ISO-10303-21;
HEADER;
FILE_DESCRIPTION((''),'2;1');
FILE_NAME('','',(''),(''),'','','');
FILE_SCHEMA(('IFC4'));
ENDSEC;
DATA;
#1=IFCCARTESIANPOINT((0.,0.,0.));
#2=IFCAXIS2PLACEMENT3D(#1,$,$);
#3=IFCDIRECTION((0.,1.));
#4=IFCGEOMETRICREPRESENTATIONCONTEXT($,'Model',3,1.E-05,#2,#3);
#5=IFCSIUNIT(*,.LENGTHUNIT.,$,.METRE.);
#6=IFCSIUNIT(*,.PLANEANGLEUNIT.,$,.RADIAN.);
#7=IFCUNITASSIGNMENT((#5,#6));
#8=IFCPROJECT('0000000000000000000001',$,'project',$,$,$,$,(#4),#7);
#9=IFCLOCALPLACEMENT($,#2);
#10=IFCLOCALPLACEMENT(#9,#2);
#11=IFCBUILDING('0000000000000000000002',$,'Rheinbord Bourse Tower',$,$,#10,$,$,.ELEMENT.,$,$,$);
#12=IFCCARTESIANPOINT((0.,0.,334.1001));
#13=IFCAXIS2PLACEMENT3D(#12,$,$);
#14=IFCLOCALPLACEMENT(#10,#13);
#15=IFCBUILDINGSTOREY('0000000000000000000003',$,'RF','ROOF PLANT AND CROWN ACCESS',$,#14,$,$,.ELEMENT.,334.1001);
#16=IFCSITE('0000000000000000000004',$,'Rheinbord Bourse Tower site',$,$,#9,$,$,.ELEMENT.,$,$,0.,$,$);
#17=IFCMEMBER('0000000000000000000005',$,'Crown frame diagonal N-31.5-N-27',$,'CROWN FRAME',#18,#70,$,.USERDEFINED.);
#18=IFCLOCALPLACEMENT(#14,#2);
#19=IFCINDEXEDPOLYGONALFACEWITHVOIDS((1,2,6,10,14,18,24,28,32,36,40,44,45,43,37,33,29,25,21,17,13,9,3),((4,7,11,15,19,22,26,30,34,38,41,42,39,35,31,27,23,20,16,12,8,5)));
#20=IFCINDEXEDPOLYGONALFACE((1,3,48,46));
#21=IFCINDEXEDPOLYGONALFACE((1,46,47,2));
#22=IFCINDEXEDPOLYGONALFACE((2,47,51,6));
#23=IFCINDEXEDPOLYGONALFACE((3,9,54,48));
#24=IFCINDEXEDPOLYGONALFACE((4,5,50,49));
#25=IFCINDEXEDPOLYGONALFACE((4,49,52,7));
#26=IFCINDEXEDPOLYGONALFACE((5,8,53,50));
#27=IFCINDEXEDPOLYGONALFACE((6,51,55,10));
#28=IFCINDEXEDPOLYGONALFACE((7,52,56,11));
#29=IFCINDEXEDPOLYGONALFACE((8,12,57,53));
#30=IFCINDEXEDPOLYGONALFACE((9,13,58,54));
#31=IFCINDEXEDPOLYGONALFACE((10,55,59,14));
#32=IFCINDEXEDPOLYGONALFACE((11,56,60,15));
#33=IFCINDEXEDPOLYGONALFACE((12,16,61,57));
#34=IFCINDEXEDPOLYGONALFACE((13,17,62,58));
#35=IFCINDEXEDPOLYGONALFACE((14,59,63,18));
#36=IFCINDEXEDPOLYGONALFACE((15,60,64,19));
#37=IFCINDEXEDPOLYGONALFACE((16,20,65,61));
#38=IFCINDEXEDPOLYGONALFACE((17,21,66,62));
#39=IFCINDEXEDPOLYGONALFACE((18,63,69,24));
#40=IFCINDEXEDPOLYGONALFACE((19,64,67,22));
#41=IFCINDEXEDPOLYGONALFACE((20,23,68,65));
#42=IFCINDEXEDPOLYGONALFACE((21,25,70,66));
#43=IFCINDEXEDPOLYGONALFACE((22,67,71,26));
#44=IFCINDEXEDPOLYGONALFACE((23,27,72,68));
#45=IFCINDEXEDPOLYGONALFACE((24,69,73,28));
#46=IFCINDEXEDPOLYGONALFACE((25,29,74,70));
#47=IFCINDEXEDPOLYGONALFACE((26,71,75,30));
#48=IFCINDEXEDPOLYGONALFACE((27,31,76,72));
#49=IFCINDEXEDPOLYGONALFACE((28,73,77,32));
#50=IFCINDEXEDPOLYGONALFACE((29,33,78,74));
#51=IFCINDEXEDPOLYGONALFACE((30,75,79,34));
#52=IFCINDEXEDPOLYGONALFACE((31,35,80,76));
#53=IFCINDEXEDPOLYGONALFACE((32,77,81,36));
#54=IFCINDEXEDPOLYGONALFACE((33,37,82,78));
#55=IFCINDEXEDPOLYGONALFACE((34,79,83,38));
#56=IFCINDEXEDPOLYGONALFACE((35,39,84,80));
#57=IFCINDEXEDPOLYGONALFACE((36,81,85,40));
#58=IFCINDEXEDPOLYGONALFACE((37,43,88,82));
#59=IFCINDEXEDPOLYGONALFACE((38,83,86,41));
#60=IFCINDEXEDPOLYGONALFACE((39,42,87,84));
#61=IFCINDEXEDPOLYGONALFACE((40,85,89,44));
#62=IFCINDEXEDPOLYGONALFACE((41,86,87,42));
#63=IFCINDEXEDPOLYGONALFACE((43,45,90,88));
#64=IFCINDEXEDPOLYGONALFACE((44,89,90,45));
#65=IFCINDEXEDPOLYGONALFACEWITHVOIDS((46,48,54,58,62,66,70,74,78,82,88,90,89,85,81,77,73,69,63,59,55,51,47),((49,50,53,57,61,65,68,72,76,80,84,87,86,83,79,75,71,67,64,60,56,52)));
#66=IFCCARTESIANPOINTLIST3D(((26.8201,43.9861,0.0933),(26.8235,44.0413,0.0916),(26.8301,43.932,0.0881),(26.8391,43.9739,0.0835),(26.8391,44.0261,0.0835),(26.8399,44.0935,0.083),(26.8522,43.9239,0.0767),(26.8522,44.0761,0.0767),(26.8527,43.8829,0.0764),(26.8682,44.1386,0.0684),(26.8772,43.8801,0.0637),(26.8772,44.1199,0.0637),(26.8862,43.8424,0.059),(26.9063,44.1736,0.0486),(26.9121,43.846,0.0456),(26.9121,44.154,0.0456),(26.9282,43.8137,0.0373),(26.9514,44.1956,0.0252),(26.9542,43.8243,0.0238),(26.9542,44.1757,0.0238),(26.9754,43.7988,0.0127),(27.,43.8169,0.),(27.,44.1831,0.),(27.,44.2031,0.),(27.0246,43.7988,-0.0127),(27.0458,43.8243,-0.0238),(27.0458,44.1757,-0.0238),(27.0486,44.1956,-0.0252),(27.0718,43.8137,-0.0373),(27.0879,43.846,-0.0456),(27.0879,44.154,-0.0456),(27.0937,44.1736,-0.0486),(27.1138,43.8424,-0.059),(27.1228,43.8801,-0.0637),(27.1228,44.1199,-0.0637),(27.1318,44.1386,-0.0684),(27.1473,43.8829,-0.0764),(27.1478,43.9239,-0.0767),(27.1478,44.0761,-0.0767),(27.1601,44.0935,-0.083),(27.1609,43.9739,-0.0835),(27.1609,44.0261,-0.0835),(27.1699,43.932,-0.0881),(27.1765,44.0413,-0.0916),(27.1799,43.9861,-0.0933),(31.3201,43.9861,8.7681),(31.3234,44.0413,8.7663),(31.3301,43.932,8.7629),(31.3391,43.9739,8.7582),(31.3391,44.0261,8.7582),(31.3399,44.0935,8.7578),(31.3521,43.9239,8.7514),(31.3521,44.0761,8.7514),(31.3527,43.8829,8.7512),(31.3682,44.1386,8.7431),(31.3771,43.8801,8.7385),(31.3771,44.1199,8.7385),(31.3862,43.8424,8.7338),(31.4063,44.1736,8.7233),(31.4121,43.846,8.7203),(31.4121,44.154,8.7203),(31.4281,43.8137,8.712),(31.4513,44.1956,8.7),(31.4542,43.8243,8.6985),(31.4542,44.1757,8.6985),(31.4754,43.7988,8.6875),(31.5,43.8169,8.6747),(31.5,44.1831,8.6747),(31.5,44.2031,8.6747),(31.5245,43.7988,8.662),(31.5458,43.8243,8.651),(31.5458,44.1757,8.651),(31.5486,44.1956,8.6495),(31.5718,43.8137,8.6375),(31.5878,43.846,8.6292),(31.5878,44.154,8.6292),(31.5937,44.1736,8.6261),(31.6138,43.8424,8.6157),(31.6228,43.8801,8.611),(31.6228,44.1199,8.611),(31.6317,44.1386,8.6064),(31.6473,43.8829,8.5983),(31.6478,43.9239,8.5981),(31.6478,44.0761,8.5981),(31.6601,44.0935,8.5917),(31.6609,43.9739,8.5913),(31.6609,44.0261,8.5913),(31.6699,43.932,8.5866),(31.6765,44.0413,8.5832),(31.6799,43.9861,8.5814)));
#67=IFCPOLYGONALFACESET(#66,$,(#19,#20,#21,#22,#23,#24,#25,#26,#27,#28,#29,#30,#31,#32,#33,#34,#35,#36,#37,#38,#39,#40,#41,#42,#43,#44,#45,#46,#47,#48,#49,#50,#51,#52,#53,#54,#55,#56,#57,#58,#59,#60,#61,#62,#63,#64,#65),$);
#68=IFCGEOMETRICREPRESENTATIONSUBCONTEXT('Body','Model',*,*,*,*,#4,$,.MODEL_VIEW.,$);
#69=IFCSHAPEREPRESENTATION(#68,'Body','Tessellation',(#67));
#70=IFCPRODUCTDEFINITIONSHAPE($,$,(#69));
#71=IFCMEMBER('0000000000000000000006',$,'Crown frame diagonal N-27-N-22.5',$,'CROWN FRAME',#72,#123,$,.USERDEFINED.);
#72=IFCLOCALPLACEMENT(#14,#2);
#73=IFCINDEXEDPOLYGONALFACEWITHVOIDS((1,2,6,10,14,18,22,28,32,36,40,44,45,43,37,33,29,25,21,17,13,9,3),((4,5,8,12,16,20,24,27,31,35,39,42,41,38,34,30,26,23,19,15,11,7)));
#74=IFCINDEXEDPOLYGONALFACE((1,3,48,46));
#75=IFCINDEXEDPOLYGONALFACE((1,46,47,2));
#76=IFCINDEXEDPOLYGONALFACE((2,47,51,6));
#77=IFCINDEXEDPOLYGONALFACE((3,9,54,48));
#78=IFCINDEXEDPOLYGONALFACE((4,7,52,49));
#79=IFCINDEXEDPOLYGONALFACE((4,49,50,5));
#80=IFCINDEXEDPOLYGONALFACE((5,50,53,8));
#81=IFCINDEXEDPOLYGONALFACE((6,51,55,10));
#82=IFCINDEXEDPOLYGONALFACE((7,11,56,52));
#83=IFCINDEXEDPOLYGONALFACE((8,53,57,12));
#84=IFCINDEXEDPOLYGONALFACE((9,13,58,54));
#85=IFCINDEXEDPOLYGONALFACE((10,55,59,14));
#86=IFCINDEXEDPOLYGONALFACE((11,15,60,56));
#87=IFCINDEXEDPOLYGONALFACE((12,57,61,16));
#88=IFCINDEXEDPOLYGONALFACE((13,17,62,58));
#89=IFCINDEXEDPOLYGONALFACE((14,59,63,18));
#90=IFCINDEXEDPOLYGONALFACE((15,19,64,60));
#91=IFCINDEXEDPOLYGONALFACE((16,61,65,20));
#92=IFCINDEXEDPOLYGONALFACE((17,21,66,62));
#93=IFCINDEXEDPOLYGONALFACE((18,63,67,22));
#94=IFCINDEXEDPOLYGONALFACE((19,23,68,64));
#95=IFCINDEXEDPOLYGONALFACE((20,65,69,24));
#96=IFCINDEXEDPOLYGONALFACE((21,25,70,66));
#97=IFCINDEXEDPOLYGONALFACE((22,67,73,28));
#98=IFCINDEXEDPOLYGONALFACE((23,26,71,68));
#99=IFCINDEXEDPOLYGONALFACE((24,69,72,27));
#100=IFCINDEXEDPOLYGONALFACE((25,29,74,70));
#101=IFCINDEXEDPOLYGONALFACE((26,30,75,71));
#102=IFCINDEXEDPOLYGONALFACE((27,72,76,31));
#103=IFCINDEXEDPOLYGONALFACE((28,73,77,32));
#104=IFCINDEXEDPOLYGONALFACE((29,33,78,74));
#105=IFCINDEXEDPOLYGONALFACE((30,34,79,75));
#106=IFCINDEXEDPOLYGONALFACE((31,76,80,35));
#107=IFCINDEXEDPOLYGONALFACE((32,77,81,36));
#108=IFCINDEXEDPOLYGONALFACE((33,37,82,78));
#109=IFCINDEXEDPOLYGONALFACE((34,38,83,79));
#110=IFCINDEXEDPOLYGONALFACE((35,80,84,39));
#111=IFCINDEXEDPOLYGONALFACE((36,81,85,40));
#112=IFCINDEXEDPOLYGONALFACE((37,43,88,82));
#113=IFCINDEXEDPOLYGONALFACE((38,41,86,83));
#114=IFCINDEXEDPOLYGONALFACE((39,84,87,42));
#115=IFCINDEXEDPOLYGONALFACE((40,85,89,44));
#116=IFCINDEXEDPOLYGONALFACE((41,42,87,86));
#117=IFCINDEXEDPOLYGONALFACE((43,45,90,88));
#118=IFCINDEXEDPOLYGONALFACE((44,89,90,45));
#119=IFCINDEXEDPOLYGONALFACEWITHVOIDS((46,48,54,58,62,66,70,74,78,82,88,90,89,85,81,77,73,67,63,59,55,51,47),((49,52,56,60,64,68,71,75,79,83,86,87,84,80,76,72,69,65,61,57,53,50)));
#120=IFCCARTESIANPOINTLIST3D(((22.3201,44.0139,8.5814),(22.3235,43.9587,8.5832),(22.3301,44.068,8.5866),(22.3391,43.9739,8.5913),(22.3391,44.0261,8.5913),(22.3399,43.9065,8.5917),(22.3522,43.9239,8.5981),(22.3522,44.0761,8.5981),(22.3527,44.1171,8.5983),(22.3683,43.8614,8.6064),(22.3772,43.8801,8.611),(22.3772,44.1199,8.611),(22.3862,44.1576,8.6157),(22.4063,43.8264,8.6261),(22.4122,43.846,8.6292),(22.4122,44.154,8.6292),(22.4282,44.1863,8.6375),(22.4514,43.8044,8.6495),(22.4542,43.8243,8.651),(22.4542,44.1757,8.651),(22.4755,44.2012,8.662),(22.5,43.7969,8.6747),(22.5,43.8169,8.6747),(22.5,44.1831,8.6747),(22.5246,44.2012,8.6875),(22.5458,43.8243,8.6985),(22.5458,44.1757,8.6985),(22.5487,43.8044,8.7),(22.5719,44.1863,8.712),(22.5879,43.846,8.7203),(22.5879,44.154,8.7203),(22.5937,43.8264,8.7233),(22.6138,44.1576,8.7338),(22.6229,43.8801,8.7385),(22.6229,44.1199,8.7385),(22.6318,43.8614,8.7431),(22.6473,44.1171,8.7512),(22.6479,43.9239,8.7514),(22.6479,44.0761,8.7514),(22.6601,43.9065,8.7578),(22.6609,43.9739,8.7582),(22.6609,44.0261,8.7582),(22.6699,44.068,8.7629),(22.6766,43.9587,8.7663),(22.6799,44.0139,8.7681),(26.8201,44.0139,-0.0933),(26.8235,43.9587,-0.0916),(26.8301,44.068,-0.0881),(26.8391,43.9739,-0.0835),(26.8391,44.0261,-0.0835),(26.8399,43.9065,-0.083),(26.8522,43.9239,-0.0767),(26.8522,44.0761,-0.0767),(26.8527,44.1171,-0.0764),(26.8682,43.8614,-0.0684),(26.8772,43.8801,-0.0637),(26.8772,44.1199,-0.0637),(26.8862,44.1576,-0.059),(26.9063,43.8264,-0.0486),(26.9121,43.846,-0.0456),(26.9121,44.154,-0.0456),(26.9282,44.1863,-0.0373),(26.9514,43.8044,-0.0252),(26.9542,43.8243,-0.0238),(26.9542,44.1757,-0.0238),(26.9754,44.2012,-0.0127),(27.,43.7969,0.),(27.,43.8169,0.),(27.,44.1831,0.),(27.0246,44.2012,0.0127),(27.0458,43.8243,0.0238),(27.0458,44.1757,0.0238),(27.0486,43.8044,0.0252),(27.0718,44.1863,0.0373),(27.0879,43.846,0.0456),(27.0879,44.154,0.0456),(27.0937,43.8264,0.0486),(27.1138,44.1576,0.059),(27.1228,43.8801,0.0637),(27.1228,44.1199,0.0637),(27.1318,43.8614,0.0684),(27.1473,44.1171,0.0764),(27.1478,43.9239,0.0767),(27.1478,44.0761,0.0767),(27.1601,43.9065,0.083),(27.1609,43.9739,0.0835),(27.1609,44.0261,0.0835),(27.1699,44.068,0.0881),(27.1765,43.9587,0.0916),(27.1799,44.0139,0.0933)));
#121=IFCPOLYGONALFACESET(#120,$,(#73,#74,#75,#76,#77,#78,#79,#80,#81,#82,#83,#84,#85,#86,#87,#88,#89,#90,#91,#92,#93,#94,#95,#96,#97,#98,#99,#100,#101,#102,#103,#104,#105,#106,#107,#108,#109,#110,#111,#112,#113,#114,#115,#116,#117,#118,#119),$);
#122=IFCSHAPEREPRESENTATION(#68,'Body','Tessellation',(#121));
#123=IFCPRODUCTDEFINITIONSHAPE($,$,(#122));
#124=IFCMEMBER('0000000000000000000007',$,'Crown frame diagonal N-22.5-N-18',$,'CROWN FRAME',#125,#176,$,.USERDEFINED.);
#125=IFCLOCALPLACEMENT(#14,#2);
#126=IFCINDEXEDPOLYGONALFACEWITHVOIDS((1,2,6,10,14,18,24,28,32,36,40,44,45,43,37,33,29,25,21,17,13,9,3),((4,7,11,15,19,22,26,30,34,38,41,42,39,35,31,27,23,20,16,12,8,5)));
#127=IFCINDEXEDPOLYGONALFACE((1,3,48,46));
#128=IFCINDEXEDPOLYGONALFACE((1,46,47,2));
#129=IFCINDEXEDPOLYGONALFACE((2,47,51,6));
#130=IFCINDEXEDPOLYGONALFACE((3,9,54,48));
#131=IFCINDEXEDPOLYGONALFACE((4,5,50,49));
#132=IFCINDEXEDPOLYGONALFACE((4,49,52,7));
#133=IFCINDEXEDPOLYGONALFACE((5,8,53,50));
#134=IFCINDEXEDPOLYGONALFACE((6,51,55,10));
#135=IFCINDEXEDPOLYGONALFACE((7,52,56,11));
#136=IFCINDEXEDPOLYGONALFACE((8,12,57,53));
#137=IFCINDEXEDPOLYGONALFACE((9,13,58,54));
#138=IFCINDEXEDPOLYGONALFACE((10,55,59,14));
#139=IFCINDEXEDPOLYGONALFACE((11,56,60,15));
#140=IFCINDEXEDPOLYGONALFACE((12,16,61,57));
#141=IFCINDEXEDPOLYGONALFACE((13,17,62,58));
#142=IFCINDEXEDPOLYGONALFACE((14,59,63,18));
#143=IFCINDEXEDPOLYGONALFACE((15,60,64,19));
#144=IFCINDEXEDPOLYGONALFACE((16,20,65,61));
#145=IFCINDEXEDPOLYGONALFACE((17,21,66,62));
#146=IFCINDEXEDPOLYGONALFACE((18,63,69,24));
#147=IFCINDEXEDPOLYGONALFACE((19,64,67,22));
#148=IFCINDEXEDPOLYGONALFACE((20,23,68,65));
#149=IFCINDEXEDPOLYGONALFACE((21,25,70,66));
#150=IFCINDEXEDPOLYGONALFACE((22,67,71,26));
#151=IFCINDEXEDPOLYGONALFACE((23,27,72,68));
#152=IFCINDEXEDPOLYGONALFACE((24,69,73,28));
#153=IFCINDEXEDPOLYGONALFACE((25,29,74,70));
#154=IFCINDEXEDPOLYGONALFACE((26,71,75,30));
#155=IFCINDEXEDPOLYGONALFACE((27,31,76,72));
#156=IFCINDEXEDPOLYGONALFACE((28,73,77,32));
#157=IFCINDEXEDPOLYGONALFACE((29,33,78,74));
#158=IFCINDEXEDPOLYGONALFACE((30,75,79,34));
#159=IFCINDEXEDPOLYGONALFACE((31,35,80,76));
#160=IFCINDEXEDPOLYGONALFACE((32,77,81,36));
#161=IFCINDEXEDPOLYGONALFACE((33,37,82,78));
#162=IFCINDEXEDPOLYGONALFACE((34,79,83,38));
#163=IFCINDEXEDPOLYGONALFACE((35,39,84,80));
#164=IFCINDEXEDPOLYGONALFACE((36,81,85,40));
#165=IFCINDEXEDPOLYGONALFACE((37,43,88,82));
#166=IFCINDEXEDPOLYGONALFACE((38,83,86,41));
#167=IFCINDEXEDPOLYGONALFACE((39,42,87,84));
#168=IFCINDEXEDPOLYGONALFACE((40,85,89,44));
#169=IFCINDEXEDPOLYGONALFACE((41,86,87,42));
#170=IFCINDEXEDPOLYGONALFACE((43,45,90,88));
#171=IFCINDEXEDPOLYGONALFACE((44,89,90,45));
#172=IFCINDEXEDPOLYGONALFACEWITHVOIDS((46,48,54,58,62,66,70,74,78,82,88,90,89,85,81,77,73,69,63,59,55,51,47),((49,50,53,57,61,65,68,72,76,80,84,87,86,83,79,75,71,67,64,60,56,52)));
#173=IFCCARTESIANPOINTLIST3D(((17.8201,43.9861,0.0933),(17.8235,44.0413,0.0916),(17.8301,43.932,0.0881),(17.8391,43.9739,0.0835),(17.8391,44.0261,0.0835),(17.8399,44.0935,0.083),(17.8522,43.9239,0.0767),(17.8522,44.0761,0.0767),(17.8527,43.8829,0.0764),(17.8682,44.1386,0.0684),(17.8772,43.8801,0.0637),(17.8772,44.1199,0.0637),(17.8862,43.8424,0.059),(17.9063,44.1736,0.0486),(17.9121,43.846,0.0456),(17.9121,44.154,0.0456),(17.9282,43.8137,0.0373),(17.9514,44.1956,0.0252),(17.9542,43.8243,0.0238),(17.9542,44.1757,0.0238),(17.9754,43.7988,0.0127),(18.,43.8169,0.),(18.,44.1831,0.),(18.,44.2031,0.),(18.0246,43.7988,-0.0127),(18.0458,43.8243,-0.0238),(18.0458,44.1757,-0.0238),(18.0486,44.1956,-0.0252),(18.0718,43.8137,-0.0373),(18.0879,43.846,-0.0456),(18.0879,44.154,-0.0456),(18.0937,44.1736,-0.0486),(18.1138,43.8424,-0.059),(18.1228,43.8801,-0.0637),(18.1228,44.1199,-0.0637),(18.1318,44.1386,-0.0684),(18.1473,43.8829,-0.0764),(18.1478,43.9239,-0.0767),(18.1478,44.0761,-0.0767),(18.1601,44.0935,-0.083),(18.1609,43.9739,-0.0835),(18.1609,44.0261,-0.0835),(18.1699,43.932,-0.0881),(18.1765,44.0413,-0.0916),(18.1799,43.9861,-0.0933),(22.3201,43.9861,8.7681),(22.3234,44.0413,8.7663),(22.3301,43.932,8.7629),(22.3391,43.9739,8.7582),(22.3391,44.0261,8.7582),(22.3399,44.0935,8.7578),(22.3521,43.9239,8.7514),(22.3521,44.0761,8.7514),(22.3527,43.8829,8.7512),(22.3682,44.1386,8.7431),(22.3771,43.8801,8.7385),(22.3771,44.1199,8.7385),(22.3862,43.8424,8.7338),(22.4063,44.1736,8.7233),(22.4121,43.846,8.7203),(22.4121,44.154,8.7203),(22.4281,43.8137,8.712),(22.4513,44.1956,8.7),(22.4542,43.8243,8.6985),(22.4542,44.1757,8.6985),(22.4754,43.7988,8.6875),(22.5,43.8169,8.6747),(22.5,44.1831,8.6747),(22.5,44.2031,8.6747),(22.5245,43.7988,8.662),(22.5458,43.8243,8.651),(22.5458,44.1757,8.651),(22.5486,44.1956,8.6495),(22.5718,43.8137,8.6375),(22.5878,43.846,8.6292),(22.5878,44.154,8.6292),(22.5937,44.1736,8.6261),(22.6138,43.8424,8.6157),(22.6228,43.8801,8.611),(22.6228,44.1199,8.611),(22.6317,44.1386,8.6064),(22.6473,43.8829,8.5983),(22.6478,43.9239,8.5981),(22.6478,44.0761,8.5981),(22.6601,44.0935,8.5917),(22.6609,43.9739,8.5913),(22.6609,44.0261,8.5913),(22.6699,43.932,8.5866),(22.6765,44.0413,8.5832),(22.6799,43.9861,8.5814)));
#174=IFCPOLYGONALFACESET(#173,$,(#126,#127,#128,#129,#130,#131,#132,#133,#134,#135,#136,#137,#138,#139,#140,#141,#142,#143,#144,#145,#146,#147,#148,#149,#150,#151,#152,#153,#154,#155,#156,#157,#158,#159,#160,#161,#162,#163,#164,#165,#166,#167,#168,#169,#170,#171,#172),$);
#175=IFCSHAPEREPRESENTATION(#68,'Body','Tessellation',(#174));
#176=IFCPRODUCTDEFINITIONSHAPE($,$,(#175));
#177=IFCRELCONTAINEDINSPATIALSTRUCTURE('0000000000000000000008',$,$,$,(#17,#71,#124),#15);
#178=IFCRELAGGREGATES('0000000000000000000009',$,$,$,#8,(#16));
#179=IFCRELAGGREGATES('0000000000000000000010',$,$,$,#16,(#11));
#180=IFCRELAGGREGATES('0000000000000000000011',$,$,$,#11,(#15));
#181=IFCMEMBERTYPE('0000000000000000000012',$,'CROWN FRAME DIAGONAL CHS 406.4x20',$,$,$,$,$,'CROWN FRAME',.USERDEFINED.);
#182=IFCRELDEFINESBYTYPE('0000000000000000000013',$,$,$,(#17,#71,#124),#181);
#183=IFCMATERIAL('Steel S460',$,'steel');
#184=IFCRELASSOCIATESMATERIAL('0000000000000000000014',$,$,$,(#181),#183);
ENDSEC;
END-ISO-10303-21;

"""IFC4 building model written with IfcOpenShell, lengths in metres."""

from ifc_helpers import new_model, si_unit, direction, frame, origin, origin_2d, place, context, subcontext, project, spatial, hollow_circle, extrude, material, material_profile, profile_set, type_object, element, save


model = new_model("IFC4")

# Units and contexts
model_context = context("Model", 3, precision=1e-05, world=origin(), true_north=direction((0.0, 1.0)))
body_context = subcontext(model_context, "Body", "Model", "MODEL_VIEW")
ifc_project = project(units=[si_unit("LENGTHUNIT", "METRE"), si_unit("PLANEANGLEUNIT", "RADIAN")], contexts=[model_context])

# Site, building, storey
site_placement = place(None, origin())
site = spatial("IfcSite", under=ifc_project, at=site_placement, Name="Rheinbord Bourse Tower site", CompositionType="ELEMENT", RefElevation=0.0)
building_placement = place(site_placement, origin())
building = spatial("IfcBuilding", under=site, at=building_placement, Name="Rheinbord Bourse Tower", CompositionType="ELEMENT")
storey_placement = place(building_placement, frame((0.0, 0.0, 334.1001)))
storey = spatial("IfcBuildingStorey", under=building, at=storey_placement, Name="RF", Description="ROOF PLANT AND CROWN ACCESS", CompositionType="ELEMENT", Elevation=334.1001)

# Members
ifc_material_1 = material(Name="Steel S460", Category="steel")
ifc_material_profile_1 = material_profile(ifc_material_1, hollow_circle(Radius=0.2031, WallThickness=0.02, at=origin_2d()), Name="CHS 406.4x20")
ifc_profile_set_1 = profile_set([ifc_material_profile_1], Name="Steel S460")
member_type = type_object("IfcMemberType", Name="CROWN FRAME DIAGONAL CHS 406.4x20", ElementType="CROWN FRAME", PredefinedType="USERDEFINED", material=ifc_profile_set_1)
for number, where, z_axis, x_axis, name in (
    (1, (27.0, 44.0, 0.0), (0.460475, 0.0, 0.887673), (0.0, 1.0, 0.0), "Crown frame diagonal N-31.5-N-27"),
    (2, (27.0, 44.0, 0.0), (-0.460475, 0.0, 0.887673), (0.0, -1.0, 0.0), "Crown frame diagonal N-27-N-22.5"),
    (3, (18.0, 44.0, 0.0), (0.460475, 0.0, 0.887673), (0.0, 1.0, 0.0), "Crown frame diagonal N-22.5-N-18"),
):
    element("IfcMember", number, at=place(storey_placement, frame(where, z_axis=z_axis, x_axis=x_axis)), inside=storey, type_object=member_type, Name=name, ObjectType="CROWN FRAME", PredefinedType="USERDEFINED", context=body_context, shape_type="SweptSolid", body=[
        extrude(hollow_circle(Radius=0.2031, WallThickness=0.02, at=origin_2d()), origin(), (0.0, 0.0, 1.0), 9.7725),
    ])

save(model, "model.ifc")
